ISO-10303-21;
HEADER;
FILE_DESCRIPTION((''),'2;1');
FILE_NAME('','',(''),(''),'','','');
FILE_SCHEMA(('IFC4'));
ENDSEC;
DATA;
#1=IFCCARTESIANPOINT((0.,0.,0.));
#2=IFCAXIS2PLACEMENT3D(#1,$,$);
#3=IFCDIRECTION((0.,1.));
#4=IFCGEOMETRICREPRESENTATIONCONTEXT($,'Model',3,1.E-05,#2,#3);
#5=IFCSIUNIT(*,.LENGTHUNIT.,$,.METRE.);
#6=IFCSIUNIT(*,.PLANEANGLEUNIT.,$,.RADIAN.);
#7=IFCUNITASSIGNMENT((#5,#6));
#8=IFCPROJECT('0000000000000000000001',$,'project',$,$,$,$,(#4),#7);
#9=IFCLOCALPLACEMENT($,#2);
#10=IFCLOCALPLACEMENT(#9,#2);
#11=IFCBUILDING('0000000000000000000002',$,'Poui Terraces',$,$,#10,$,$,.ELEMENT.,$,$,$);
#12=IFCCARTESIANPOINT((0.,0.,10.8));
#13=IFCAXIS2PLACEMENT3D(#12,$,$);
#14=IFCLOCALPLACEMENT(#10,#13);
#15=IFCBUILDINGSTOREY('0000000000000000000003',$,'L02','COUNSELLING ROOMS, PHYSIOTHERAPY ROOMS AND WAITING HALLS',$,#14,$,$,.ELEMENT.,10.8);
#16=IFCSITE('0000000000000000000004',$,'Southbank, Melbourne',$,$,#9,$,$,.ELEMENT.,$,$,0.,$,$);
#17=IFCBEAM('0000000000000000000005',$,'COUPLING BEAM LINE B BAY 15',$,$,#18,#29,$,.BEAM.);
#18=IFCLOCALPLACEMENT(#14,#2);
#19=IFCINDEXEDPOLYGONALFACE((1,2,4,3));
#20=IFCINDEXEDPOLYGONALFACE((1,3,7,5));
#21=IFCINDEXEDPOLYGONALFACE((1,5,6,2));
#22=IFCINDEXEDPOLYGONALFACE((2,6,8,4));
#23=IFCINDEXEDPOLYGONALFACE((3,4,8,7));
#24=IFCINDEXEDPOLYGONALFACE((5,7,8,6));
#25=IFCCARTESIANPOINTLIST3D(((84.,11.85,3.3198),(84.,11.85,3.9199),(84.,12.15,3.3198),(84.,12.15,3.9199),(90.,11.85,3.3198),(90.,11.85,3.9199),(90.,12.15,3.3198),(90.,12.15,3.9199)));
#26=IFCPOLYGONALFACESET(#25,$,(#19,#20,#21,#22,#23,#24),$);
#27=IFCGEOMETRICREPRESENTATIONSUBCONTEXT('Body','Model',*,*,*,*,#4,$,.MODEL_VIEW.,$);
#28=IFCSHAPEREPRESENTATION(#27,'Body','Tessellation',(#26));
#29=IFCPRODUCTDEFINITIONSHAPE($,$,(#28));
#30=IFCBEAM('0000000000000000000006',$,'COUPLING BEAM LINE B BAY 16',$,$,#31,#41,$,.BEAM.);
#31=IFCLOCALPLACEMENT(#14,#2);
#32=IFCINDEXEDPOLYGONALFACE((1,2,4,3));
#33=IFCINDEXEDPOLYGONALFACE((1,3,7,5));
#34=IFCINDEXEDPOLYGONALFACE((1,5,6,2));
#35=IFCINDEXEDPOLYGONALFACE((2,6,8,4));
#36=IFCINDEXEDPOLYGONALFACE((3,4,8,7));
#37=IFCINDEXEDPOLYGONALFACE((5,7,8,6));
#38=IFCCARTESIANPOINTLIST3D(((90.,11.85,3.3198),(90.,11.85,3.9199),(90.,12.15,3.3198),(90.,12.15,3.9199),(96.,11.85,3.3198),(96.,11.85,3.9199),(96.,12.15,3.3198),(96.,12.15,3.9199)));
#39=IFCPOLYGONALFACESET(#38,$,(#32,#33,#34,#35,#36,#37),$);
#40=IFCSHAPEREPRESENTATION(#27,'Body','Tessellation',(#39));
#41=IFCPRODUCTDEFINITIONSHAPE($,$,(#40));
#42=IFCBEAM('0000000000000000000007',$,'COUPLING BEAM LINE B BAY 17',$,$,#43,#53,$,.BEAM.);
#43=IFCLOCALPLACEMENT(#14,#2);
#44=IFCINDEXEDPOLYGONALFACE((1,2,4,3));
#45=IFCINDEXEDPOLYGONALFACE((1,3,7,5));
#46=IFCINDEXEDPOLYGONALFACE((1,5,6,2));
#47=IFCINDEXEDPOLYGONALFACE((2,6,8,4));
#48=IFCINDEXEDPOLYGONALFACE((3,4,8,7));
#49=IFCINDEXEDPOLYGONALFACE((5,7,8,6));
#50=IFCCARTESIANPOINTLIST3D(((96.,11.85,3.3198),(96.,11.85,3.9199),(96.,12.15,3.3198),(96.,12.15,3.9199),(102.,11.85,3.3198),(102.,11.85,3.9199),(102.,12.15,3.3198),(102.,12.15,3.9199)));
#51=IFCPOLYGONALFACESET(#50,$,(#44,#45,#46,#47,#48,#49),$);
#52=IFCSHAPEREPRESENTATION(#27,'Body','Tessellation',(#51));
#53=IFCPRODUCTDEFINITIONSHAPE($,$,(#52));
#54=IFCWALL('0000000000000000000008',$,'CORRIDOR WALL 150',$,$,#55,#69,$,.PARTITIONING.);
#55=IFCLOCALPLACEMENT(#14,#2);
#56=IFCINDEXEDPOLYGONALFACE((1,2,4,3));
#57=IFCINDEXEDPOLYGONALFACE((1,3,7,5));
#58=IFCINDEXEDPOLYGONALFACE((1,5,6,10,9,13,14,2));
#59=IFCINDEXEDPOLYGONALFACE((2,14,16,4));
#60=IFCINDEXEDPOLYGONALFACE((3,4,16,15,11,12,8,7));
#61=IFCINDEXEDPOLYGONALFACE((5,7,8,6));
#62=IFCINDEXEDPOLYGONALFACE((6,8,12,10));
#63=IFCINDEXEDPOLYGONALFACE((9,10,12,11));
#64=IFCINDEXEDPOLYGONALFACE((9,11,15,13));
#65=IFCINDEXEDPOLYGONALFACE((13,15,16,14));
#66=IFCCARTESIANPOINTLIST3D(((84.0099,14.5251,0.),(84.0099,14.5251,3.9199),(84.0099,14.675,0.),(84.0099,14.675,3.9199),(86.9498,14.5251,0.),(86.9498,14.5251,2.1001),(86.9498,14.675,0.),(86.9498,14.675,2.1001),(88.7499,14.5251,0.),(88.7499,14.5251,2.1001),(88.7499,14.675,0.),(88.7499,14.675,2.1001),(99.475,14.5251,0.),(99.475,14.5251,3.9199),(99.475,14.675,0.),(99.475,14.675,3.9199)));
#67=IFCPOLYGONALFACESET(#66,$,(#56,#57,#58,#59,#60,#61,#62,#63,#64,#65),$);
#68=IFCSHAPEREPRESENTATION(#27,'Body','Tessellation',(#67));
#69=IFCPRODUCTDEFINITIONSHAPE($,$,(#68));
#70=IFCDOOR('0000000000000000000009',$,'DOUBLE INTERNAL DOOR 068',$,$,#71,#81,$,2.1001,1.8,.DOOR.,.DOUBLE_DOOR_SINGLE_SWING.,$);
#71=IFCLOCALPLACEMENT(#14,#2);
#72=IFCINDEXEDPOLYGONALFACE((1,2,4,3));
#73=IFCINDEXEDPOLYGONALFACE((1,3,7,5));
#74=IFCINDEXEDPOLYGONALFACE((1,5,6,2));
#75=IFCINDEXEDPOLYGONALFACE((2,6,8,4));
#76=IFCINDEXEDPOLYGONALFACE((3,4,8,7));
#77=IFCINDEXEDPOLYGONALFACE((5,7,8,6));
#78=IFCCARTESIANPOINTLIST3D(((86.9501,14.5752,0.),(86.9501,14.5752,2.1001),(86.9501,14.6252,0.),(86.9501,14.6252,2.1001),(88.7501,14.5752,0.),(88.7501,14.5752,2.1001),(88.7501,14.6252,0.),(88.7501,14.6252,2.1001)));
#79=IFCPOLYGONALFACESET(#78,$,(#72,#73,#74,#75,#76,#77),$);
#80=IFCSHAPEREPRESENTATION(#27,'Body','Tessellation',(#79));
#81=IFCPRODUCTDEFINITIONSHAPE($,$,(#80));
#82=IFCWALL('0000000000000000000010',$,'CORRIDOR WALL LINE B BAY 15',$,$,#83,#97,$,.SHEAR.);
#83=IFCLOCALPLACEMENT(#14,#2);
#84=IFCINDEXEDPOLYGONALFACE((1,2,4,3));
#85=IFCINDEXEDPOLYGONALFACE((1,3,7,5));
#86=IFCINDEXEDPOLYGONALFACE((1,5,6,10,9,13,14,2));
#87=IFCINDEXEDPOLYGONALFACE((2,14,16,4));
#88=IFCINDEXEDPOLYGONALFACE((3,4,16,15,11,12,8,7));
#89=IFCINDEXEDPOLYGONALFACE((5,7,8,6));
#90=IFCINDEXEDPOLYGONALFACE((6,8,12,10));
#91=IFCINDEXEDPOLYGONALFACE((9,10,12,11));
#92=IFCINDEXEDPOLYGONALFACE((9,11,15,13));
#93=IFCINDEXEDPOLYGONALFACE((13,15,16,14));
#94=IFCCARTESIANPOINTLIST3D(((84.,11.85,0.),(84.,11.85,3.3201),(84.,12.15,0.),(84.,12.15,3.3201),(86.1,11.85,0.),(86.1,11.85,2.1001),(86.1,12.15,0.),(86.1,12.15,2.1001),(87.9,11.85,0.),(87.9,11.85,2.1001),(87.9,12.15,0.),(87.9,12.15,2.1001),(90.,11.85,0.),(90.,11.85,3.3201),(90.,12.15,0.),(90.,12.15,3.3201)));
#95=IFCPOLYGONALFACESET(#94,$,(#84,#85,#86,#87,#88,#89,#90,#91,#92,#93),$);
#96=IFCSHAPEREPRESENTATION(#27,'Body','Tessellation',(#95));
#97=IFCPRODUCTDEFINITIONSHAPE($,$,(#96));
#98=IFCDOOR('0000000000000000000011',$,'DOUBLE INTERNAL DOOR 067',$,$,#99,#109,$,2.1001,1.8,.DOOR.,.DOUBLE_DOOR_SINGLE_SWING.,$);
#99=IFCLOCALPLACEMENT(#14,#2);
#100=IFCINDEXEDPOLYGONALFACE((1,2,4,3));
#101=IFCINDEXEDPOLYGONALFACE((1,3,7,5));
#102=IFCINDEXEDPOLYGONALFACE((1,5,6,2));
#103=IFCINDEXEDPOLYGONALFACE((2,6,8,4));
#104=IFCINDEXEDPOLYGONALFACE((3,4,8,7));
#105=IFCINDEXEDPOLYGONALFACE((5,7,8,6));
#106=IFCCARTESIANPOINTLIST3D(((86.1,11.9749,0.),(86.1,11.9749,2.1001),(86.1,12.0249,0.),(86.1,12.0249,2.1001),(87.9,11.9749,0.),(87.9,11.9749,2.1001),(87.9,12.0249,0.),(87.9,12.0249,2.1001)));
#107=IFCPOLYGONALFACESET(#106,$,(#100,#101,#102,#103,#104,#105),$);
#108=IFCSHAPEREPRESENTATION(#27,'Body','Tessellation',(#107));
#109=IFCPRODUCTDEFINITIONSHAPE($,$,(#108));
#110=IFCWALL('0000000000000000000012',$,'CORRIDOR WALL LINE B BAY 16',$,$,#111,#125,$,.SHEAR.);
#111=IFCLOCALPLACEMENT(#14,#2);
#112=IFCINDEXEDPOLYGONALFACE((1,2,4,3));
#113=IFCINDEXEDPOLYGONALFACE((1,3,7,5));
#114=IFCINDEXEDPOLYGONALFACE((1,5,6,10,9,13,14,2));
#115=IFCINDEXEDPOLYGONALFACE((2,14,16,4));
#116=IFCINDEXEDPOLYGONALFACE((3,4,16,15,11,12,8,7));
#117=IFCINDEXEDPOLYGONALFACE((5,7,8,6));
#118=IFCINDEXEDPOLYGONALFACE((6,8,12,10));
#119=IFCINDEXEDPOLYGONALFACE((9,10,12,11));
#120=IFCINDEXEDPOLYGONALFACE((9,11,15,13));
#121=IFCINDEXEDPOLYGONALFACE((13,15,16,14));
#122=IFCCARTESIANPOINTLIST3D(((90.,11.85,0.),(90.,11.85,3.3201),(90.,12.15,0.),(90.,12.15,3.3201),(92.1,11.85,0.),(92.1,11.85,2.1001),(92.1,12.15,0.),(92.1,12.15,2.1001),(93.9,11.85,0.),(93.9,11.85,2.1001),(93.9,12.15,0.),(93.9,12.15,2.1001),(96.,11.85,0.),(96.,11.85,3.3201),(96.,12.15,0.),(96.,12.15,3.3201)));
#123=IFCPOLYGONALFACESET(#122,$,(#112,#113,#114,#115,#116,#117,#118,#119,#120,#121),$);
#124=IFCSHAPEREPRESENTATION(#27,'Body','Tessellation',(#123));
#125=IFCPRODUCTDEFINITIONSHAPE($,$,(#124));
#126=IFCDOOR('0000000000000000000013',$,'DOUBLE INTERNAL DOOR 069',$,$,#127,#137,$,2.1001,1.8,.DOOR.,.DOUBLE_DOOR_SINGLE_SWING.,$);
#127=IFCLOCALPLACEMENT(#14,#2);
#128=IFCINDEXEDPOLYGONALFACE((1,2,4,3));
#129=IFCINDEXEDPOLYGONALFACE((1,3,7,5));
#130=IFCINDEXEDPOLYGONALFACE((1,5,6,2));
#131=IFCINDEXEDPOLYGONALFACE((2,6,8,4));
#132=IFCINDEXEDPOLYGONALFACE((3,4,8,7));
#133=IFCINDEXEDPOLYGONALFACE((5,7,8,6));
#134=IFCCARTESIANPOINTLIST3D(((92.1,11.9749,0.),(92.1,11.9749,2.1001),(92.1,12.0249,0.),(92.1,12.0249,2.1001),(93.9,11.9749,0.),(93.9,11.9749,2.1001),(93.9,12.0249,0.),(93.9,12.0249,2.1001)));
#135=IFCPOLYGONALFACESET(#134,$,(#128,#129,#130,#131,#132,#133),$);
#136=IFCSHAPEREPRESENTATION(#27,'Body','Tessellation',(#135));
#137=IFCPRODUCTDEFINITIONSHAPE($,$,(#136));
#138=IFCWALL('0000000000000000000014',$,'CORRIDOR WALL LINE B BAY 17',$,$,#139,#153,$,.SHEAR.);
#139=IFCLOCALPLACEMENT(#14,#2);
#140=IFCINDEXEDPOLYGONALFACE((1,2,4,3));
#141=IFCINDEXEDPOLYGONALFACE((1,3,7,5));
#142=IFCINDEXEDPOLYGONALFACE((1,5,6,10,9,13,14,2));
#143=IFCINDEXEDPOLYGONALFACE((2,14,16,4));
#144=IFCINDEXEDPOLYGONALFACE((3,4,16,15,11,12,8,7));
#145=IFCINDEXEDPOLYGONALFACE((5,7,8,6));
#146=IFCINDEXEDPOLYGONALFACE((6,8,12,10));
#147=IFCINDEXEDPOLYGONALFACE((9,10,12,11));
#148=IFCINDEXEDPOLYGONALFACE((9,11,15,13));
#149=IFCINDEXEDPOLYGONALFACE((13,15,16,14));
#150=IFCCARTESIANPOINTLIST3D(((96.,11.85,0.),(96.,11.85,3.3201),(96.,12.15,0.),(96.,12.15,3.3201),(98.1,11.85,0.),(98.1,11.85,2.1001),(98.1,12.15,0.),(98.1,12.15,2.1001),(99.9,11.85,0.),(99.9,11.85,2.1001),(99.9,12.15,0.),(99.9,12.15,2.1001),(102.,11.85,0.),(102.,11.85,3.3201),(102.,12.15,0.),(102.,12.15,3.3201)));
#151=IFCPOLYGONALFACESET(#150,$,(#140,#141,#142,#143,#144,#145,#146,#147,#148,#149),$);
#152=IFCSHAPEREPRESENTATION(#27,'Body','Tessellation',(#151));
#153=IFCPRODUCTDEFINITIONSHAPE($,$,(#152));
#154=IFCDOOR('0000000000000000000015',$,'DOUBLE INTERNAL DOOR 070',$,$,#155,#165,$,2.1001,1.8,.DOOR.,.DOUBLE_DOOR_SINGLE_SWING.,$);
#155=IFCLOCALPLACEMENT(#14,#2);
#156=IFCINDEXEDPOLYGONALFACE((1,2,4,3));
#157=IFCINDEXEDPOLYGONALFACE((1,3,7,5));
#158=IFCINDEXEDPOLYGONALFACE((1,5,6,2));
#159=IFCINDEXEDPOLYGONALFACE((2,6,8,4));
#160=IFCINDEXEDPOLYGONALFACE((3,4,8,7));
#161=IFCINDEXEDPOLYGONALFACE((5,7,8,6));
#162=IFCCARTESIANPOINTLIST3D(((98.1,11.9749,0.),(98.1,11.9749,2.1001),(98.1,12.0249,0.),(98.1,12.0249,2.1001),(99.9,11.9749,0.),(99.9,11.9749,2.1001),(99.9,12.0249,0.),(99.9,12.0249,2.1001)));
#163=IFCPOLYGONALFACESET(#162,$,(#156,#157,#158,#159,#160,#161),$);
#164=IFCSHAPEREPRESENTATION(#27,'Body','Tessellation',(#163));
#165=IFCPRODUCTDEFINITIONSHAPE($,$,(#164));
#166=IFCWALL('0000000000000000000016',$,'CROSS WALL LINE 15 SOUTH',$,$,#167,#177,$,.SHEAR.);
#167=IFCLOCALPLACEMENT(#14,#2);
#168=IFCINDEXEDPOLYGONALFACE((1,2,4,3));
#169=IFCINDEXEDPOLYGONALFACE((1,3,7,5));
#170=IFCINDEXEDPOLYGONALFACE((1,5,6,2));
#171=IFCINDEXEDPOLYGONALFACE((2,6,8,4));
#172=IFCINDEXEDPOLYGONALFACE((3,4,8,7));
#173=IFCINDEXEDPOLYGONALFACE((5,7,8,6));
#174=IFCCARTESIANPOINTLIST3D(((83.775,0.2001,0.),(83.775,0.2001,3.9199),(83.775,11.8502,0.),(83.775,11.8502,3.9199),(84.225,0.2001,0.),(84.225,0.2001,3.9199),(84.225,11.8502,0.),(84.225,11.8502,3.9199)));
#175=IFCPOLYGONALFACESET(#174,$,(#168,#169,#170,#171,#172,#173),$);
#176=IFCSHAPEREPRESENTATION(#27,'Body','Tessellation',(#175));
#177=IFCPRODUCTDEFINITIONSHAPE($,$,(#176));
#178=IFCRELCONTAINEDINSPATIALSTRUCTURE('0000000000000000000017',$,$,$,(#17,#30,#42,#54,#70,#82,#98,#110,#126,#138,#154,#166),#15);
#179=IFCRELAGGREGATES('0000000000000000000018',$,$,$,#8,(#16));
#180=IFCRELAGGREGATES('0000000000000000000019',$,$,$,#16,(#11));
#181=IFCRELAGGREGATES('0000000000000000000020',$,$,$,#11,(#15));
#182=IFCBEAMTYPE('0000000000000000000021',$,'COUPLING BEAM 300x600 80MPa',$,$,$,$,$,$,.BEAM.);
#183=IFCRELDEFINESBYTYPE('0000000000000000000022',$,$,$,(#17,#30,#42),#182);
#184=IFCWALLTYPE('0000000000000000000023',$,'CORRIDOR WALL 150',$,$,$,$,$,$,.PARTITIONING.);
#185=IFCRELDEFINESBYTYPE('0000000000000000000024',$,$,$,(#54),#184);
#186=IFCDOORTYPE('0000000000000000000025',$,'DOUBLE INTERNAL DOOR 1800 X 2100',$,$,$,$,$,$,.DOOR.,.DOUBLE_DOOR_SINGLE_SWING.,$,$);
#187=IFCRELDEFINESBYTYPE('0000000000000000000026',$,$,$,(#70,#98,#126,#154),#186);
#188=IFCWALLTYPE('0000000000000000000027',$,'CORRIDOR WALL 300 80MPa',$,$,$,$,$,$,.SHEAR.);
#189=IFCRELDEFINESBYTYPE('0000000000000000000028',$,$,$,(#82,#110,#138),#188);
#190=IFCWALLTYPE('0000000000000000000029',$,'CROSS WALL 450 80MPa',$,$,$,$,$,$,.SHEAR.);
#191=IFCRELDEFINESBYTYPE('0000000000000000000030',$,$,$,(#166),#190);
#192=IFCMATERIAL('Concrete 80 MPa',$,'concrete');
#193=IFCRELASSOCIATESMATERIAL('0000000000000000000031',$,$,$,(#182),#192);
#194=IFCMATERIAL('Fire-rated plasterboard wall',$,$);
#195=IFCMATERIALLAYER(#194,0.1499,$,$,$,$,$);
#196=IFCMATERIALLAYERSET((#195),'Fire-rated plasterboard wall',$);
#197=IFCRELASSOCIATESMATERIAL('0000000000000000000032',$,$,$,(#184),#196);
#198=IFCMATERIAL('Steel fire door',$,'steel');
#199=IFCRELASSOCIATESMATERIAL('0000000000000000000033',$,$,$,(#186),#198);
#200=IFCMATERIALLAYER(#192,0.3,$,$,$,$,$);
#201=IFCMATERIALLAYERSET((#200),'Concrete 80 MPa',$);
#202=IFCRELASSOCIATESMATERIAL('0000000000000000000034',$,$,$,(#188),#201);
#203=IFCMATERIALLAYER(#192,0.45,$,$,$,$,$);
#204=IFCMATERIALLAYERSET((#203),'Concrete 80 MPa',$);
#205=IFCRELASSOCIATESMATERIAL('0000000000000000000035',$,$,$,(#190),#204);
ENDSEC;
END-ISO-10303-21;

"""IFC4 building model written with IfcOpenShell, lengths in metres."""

from ifc_helpers import new_model, si_unit, direction, frame, frame_2d, origin, origin_2d, place, context, subcontext, project, spatial, rectangle, extrude, source, transform, mapped, material, layer, layer_set, material_profile, profile_set, type_object, element, fill, save


model = new_model("IFC4")

# Units and contexts
model_context = context("Model", 3, precision=1e-05, world=origin(), true_north=direction((0.0, 1.0)))
body_context = subcontext(model_context, "Body", "Model", "MODEL_VIEW")
ifc_project = project(units=[si_unit("LENGTHUNIT", "METRE"), si_unit("PLANEANGLEUNIT", "RADIAN")], contexts=[model_context])

# Site, building, storey
site_placement = place(None, origin())
site = spatial("IfcSite", under=ifc_project, at=site_placement, Name="Southbank, Melbourne", CompositionType="ELEMENT", RefElevation=0.0)
building_placement = place(site_placement, origin())
building = spatial("IfcBuilding", under=site, at=building_placement, Name="Poui Terraces", CompositionType="ELEMENT")
storey_placement = place(building_placement, frame((0.0, 0.0, 10.8)))
storey = spatial("IfcBuildingStorey", under=building, at=storey_placement, Name="L02", Description="COUNSELLING ROOMS, PHYSIOTHERAPY ROOMS AND WAITING HALLS", CompositionType="ELEMENT", Elevation=10.8)

# Beams
ifc_material_1 = material(Name="Concrete 80 MPa", Category="concrete")
ifc_material_profile = material_profile(ifc_material_1, rectangle(XDim=0.3, YDim=0.6001, at=origin_2d()), Name="RC 300x600")
ifc_profile_set = profile_set([ifc_material_profile], Name="Concrete 80 MPa")
beam_type = type_object("IfcBeamType", Name="COUPLING BEAM 300x600 80MPa", PredefinedType="BEAM", material=ifc_profile_set)
shared_shape = source(origin(), body_context, "Body", "SweptSolid", [
    extrude(rectangle(XDim=0.3, YDim=0.6001, at=origin_2d()), origin(), (0.0, 0.0, 1.0), 6.0),
])
for number, where, z_axis, x_axis, name in (
    (1, (84.0, 12.0, 3.6199), (1.0, 0.0, 0.0), (0.0, 1.0, 0.0), "COUPLING BEAM LINE B BAY 15"),
    (2, (90.0, 12.0, 3.6199), (1.0, 0.0, 0.0), (0.0, 1.0, 0.0), "COUPLING BEAM LINE B BAY 16"),
    (3, (96.0, 12.0, 3.6199), (1.0, 0.0, 0.0), (0.0, 1.0, 0.0), "COUPLING BEAM LINE B BAY 17"),
):
    element("IfcBeam", number, at=place(storey_placement, frame(where, z_axis=z_axis, x_axis=x_axis)), inside=storey, type_object=beam_type, Name=name, PredefinedType="BEAM", context=body_context, shape_type="MappedRepresentation", body=[
        mapped(shared_shape, transform((0.0, 0.0, 0.0))),
    ])

# Walls, openings, doors
ifc_material_2 = material(Name="Fire-rated plasterboard wall")
ifc_layer_1 = layer(ifc_material_2, 0.1499)
ifc_layer_set_1 = layer_set([ifc_layer_1], Name="Fire-rated plasterboard wall")
wall_type_1 = type_object("IfcWallType", Name="CORRIDOR WALL 150", PredefinedType="PARTITIONING", material=ifc_layer_set_1)
wall_1_placement = place(storey_placement, frame((84.01, 14.6001, 0.0), z_axis=(0.0, 0.0, 1.0), x_axis=(1.0, 0.0, 0.0)))
wall_1 = element("IfcWall", 4, at=wall_1_placement, inside=storey, type_object=wall_type_1, Name="CORRIDOR WALL 150", PredefinedType="PARTITIONING", context=body_context, shape_type="SweptSolid", body=[
    extrude(rectangle(XDim=15.4651, YDim=0.1499, at=frame_2d((7.7324, 0.0))), origin(), (0.0, 0.0, 1.0), 3.9199),
])
opening_1_placement = place(wall_1_placement, frame((2.9399, 0.0, 0.0)))
opening_1 = element("IfcOpeningElement", 5, at=opening_1_placement, cuts=wall_1, PredefinedType="OPENING", context=body_context, shape_type="SweptSolid", body=[
    extrude(rectangle(XDim=1.8, YDim=2.1001, at=frame_2d((0.8999, 1.05))), frame((0.0, 0.085, 0.0), z_axis=(0.0, -1.0, 0.0), x_axis=(1.0, 0.0, 0.0)), (0.0, 0.0, 1.0), 0.1699),
])
ifc_material_3 = material(Name="Steel fire door", Category="steel")
door_type = type_object("IfcDoorType", Name="DOUBLE INTERNAL DOOR 1800 X 2100", OperationType="DOUBLE_DOOR_SINGLE_SWING", PredefinedType="DOOR", material=ifc_material_3)
door_1_placement = place(opening_1_placement, frame((1.8, 0.0, 0.0), z_axis=(0.0, 0.0, 1.0), x_axis=(-1.0, 0.0, 0.0)))
door_1 = element("IfcDoor", 6, at=door_1_placement, inside=storey, type_object=door_type, Name="DOUBLE INTERNAL DOOR 068", OperationType="DOUBLE_DOOR_SINGLE_SWING", OverallHeight=2.1001, OverallWidth=1.8, PredefinedType="DOOR", context=body_context, shape_type="SweptSolid", body=[
    extrude(rectangle(XDim=1.8, YDim=2.1001, at=frame_2d((0.8999, 1.05))), frame((0.0, 0.0249, 0.0), z_axis=(0.0, -1.0, 0.0), x_axis=(1.0, 0.0, 0.0)), (0.0, 0.0, 1.0), 0.05),
])
fill(opening_1, door_1)
ifc_layer_2 = layer(ifc_material_1, 0.3)
ifc_layer_set_2 = layer_set([ifc_layer_2], Name="Concrete 80 MPa")
wall_type_2 = type_object("IfcWallType", Name="CORRIDOR WALL 300 80MPa", PredefinedType="SHEAR", material=ifc_layer_set_2)
wall_2_placement = place(storey_placement, frame((84.0, 12.0, 0.0), z_axis=(0.0, 0.0, 1.0), x_axis=(1.0, 0.0, 0.0)))
wall_2 = element("IfcWall", 7, at=wall_2_placement, inside=storey, type_object=wall_type_2, Name="CORRIDOR WALL LINE B BAY 15", PredefinedType="SHEAR", context=body_context, shape_type="SweptSolid", body=[
    extrude(rectangle(XDim=6.0, YDim=0.3, at=frame_2d((3.0, 0.0))), origin(), (0.0, 0.0, 1.0), 3.3201),
])
opening_2_placement = place(wall_2_placement, frame((2.1001, 0.0, 0.0)))
opening_2 = element("IfcOpeningElement", 8, at=opening_2_placement, cuts=wall_2, PredefinedType="OPENING", context=body_context, shape_type="SweptSolid", body=[
    extrude(rectangle(XDim=1.8, YDim=2.1001, at=frame_2d((0.8999, 1.05))), frame((0.0, 0.1602, 0.0), z_axis=(0.0, -1.0, 0.0), x_axis=(1.0, 0.0, 0.0)), (0.0, 0.0, 1.0), 0.3201),
])
door_2_placement = place(opening_2_placement, origin())
door_2 = element("IfcDoor", 9, at=door_2_placement, inside=storey, type_object=door_type, Name="DOUBLE INTERNAL DOOR 067", OperationType="DOUBLE_DOOR_SINGLE_SWING", OverallHeight=2.1001, OverallWidth=1.8, PredefinedType="DOOR", context=body_context, shape_type="SweptSolid", body=[
    extrude(rectangle(XDim=1.8, YDim=2.1001, at=frame_2d((0.8999, 1.05))), frame((0.0, 0.0249, 0.0), z_axis=(0.0, -1.0, 0.0), x_axis=(1.0, 0.0, 0.0)), (0.0, 0.0, 1.0), 0.05),
])
fill(opening_2, door_2)
wall_3_placement = place(storey_placement, frame((90.0, 12.0, 0.0), z_axis=(0.0, 0.0, 1.0), x_axis=(1.0, 0.0, 0.0)))
wall_3 = element("IfcWall", 10, at=wall_3_placement, inside=storey, type_object=wall_type_2, Name="CORRIDOR WALL LINE B BAY 16", PredefinedType="SHEAR", context=body_context, shape_type="SweptSolid", body=[
    extrude(rectangle(XDim=6.0, YDim=0.3, at=frame_2d((3.0, 0.0))), origin(), (0.0, 0.0, 1.0), 3.3201),
])
opening_3_placement = place(wall_3_placement, frame((2.1001, 0.0, 0.0)))
opening_3 = element("IfcOpeningElement", 11, at=opening_3_placement, cuts=wall_3, PredefinedType="OPENING", context=body_context, shape_type="SweptSolid", body=[
    extrude(rectangle(XDim=1.8, YDim=2.1001, at=frame_2d((0.8999, 1.05))), frame((0.0, 0.1602, 0.0), z_axis=(0.0, -1.0, 0.0), x_axis=(1.0, 0.0, 0.0)), (0.0, 0.0, 1.0), 0.3201),
])
door_3_placement = place(opening_3_placement, origin())
door_3 = element("IfcDoor", 12, at=door_3_placement, inside=storey, type_object=door_type, Name="DOUBLE INTERNAL DOOR 069", OperationType="DOUBLE_DOOR_SINGLE_SWING", OverallHeight=2.1001, OverallWidth=1.8, PredefinedType="DOOR", context=body_context, shape_type="SweptSolid", body=[
    extrude(rectangle(XDim=1.8, YDim=2.1001, at=frame_2d((0.8999, 1.05))), frame((0.0, 0.0249, 0.0), z_axis=(0.0, -1.0, 0.0), x_axis=(1.0, 0.0, 0.0)), (0.0, 0.0, 1.0), 0.05),
])
fill(opening_3, door_3)
wall_4_placement = place(storey_placement, frame((96.0, 12.0, 0.0), z_axis=(0.0, 0.0, 1.0), x_axis=(1.0, 0.0, 0.0)))
wall_4 = element("IfcWall", 13, at=wall_4_placement, inside=storey, type_object=wall_type_2, Name="CORRIDOR WALL LINE B BAY 17", PredefinedType="SHEAR", context=body_context, shape_type="SweptSolid", body=[
    extrude(rectangle(XDim=6.0, YDim=0.3, at=frame_2d((3.0, 0.0))), origin(), (0.0, 0.0, 1.0), 3.3201),
])
opening_4_placement = place(wall_4_placement, frame((2.1001, 0.0, 0.0)))
opening_4 = element("IfcOpeningElement", 14, at=opening_4_placement, cuts=wall_4, PredefinedType="OPENING", context=body_context, shape_type="SweptSolid", body=[
    extrude(rectangle(XDim=1.8, YDim=2.1001, at=frame_2d((0.8999, 1.05))), frame((0.0, 0.1602, 0.0), z_axis=(0.0, -1.0, 0.0), x_axis=(1.0, 0.0, 0.0)), (0.0, 0.0, 1.0), 0.3201),
])
door_4_placement = place(opening_4_placement, origin())
door_4 = element("IfcDoor", 15, at=door_4_placement, inside=storey, type_object=door_type, Name="DOUBLE INTERNAL DOOR 070", OperationType="DOUBLE_DOOR_SINGLE_SWING", OverallHeight=2.1001, OverallWidth=1.8, PredefinedType="DOOR", context=body_context, shape_type="SweptSolid", body=[
    extrude(rectangle(XDim=1.8, YDim=2.1001, at=frame_2d((0.8999, 1.05))), frame((0.0, 0.0249, 0.0), z_axis=(0.0, -1.0, 0.0), x_axis=(1.0, 0.0, 0.0)), (0.0, 0.0, 1.0), 0.05),
])
fill(opening_4, door_4)

# Wall
ifc_layer_3 = layer(ifc_material_1, 0.45)
ifc_layer_set_3 = layer_set([ifc_layer_3], Name="Concrete 80 MPa")
wall_type_3 = type_object("IfcWallType", Name="CROSS WALL 450 80MPa", PredefinedType="SHEAR", material=ifc_layer_set_3)
for number, where, z_axis, x_axis, name in (
    (16, (84.0, 0.2, 0.0), (0.0, 0.0, 1.0), (0.0, 1.0, 0.0), "CROSS WALL LINE 15 SOUTH"),
):
    element("IfcWall", number, at=place(storey_placement, frame(where, z_axis=z_axis, x_axis=x_axis)), inside=storey, type_object=wall_type_3, Name=name, PredefinedType="SHEAR", context=body_context, shape_type="SweptSolid", body=[
        extrude(rectangle(XDim=11.6501, YDim=0.45, at=frame_2d((5.8252, 0.0))), origin(), (0.0, 0.0, 1.0), 3.9199),
    ])

save(model, "model.ifc")
